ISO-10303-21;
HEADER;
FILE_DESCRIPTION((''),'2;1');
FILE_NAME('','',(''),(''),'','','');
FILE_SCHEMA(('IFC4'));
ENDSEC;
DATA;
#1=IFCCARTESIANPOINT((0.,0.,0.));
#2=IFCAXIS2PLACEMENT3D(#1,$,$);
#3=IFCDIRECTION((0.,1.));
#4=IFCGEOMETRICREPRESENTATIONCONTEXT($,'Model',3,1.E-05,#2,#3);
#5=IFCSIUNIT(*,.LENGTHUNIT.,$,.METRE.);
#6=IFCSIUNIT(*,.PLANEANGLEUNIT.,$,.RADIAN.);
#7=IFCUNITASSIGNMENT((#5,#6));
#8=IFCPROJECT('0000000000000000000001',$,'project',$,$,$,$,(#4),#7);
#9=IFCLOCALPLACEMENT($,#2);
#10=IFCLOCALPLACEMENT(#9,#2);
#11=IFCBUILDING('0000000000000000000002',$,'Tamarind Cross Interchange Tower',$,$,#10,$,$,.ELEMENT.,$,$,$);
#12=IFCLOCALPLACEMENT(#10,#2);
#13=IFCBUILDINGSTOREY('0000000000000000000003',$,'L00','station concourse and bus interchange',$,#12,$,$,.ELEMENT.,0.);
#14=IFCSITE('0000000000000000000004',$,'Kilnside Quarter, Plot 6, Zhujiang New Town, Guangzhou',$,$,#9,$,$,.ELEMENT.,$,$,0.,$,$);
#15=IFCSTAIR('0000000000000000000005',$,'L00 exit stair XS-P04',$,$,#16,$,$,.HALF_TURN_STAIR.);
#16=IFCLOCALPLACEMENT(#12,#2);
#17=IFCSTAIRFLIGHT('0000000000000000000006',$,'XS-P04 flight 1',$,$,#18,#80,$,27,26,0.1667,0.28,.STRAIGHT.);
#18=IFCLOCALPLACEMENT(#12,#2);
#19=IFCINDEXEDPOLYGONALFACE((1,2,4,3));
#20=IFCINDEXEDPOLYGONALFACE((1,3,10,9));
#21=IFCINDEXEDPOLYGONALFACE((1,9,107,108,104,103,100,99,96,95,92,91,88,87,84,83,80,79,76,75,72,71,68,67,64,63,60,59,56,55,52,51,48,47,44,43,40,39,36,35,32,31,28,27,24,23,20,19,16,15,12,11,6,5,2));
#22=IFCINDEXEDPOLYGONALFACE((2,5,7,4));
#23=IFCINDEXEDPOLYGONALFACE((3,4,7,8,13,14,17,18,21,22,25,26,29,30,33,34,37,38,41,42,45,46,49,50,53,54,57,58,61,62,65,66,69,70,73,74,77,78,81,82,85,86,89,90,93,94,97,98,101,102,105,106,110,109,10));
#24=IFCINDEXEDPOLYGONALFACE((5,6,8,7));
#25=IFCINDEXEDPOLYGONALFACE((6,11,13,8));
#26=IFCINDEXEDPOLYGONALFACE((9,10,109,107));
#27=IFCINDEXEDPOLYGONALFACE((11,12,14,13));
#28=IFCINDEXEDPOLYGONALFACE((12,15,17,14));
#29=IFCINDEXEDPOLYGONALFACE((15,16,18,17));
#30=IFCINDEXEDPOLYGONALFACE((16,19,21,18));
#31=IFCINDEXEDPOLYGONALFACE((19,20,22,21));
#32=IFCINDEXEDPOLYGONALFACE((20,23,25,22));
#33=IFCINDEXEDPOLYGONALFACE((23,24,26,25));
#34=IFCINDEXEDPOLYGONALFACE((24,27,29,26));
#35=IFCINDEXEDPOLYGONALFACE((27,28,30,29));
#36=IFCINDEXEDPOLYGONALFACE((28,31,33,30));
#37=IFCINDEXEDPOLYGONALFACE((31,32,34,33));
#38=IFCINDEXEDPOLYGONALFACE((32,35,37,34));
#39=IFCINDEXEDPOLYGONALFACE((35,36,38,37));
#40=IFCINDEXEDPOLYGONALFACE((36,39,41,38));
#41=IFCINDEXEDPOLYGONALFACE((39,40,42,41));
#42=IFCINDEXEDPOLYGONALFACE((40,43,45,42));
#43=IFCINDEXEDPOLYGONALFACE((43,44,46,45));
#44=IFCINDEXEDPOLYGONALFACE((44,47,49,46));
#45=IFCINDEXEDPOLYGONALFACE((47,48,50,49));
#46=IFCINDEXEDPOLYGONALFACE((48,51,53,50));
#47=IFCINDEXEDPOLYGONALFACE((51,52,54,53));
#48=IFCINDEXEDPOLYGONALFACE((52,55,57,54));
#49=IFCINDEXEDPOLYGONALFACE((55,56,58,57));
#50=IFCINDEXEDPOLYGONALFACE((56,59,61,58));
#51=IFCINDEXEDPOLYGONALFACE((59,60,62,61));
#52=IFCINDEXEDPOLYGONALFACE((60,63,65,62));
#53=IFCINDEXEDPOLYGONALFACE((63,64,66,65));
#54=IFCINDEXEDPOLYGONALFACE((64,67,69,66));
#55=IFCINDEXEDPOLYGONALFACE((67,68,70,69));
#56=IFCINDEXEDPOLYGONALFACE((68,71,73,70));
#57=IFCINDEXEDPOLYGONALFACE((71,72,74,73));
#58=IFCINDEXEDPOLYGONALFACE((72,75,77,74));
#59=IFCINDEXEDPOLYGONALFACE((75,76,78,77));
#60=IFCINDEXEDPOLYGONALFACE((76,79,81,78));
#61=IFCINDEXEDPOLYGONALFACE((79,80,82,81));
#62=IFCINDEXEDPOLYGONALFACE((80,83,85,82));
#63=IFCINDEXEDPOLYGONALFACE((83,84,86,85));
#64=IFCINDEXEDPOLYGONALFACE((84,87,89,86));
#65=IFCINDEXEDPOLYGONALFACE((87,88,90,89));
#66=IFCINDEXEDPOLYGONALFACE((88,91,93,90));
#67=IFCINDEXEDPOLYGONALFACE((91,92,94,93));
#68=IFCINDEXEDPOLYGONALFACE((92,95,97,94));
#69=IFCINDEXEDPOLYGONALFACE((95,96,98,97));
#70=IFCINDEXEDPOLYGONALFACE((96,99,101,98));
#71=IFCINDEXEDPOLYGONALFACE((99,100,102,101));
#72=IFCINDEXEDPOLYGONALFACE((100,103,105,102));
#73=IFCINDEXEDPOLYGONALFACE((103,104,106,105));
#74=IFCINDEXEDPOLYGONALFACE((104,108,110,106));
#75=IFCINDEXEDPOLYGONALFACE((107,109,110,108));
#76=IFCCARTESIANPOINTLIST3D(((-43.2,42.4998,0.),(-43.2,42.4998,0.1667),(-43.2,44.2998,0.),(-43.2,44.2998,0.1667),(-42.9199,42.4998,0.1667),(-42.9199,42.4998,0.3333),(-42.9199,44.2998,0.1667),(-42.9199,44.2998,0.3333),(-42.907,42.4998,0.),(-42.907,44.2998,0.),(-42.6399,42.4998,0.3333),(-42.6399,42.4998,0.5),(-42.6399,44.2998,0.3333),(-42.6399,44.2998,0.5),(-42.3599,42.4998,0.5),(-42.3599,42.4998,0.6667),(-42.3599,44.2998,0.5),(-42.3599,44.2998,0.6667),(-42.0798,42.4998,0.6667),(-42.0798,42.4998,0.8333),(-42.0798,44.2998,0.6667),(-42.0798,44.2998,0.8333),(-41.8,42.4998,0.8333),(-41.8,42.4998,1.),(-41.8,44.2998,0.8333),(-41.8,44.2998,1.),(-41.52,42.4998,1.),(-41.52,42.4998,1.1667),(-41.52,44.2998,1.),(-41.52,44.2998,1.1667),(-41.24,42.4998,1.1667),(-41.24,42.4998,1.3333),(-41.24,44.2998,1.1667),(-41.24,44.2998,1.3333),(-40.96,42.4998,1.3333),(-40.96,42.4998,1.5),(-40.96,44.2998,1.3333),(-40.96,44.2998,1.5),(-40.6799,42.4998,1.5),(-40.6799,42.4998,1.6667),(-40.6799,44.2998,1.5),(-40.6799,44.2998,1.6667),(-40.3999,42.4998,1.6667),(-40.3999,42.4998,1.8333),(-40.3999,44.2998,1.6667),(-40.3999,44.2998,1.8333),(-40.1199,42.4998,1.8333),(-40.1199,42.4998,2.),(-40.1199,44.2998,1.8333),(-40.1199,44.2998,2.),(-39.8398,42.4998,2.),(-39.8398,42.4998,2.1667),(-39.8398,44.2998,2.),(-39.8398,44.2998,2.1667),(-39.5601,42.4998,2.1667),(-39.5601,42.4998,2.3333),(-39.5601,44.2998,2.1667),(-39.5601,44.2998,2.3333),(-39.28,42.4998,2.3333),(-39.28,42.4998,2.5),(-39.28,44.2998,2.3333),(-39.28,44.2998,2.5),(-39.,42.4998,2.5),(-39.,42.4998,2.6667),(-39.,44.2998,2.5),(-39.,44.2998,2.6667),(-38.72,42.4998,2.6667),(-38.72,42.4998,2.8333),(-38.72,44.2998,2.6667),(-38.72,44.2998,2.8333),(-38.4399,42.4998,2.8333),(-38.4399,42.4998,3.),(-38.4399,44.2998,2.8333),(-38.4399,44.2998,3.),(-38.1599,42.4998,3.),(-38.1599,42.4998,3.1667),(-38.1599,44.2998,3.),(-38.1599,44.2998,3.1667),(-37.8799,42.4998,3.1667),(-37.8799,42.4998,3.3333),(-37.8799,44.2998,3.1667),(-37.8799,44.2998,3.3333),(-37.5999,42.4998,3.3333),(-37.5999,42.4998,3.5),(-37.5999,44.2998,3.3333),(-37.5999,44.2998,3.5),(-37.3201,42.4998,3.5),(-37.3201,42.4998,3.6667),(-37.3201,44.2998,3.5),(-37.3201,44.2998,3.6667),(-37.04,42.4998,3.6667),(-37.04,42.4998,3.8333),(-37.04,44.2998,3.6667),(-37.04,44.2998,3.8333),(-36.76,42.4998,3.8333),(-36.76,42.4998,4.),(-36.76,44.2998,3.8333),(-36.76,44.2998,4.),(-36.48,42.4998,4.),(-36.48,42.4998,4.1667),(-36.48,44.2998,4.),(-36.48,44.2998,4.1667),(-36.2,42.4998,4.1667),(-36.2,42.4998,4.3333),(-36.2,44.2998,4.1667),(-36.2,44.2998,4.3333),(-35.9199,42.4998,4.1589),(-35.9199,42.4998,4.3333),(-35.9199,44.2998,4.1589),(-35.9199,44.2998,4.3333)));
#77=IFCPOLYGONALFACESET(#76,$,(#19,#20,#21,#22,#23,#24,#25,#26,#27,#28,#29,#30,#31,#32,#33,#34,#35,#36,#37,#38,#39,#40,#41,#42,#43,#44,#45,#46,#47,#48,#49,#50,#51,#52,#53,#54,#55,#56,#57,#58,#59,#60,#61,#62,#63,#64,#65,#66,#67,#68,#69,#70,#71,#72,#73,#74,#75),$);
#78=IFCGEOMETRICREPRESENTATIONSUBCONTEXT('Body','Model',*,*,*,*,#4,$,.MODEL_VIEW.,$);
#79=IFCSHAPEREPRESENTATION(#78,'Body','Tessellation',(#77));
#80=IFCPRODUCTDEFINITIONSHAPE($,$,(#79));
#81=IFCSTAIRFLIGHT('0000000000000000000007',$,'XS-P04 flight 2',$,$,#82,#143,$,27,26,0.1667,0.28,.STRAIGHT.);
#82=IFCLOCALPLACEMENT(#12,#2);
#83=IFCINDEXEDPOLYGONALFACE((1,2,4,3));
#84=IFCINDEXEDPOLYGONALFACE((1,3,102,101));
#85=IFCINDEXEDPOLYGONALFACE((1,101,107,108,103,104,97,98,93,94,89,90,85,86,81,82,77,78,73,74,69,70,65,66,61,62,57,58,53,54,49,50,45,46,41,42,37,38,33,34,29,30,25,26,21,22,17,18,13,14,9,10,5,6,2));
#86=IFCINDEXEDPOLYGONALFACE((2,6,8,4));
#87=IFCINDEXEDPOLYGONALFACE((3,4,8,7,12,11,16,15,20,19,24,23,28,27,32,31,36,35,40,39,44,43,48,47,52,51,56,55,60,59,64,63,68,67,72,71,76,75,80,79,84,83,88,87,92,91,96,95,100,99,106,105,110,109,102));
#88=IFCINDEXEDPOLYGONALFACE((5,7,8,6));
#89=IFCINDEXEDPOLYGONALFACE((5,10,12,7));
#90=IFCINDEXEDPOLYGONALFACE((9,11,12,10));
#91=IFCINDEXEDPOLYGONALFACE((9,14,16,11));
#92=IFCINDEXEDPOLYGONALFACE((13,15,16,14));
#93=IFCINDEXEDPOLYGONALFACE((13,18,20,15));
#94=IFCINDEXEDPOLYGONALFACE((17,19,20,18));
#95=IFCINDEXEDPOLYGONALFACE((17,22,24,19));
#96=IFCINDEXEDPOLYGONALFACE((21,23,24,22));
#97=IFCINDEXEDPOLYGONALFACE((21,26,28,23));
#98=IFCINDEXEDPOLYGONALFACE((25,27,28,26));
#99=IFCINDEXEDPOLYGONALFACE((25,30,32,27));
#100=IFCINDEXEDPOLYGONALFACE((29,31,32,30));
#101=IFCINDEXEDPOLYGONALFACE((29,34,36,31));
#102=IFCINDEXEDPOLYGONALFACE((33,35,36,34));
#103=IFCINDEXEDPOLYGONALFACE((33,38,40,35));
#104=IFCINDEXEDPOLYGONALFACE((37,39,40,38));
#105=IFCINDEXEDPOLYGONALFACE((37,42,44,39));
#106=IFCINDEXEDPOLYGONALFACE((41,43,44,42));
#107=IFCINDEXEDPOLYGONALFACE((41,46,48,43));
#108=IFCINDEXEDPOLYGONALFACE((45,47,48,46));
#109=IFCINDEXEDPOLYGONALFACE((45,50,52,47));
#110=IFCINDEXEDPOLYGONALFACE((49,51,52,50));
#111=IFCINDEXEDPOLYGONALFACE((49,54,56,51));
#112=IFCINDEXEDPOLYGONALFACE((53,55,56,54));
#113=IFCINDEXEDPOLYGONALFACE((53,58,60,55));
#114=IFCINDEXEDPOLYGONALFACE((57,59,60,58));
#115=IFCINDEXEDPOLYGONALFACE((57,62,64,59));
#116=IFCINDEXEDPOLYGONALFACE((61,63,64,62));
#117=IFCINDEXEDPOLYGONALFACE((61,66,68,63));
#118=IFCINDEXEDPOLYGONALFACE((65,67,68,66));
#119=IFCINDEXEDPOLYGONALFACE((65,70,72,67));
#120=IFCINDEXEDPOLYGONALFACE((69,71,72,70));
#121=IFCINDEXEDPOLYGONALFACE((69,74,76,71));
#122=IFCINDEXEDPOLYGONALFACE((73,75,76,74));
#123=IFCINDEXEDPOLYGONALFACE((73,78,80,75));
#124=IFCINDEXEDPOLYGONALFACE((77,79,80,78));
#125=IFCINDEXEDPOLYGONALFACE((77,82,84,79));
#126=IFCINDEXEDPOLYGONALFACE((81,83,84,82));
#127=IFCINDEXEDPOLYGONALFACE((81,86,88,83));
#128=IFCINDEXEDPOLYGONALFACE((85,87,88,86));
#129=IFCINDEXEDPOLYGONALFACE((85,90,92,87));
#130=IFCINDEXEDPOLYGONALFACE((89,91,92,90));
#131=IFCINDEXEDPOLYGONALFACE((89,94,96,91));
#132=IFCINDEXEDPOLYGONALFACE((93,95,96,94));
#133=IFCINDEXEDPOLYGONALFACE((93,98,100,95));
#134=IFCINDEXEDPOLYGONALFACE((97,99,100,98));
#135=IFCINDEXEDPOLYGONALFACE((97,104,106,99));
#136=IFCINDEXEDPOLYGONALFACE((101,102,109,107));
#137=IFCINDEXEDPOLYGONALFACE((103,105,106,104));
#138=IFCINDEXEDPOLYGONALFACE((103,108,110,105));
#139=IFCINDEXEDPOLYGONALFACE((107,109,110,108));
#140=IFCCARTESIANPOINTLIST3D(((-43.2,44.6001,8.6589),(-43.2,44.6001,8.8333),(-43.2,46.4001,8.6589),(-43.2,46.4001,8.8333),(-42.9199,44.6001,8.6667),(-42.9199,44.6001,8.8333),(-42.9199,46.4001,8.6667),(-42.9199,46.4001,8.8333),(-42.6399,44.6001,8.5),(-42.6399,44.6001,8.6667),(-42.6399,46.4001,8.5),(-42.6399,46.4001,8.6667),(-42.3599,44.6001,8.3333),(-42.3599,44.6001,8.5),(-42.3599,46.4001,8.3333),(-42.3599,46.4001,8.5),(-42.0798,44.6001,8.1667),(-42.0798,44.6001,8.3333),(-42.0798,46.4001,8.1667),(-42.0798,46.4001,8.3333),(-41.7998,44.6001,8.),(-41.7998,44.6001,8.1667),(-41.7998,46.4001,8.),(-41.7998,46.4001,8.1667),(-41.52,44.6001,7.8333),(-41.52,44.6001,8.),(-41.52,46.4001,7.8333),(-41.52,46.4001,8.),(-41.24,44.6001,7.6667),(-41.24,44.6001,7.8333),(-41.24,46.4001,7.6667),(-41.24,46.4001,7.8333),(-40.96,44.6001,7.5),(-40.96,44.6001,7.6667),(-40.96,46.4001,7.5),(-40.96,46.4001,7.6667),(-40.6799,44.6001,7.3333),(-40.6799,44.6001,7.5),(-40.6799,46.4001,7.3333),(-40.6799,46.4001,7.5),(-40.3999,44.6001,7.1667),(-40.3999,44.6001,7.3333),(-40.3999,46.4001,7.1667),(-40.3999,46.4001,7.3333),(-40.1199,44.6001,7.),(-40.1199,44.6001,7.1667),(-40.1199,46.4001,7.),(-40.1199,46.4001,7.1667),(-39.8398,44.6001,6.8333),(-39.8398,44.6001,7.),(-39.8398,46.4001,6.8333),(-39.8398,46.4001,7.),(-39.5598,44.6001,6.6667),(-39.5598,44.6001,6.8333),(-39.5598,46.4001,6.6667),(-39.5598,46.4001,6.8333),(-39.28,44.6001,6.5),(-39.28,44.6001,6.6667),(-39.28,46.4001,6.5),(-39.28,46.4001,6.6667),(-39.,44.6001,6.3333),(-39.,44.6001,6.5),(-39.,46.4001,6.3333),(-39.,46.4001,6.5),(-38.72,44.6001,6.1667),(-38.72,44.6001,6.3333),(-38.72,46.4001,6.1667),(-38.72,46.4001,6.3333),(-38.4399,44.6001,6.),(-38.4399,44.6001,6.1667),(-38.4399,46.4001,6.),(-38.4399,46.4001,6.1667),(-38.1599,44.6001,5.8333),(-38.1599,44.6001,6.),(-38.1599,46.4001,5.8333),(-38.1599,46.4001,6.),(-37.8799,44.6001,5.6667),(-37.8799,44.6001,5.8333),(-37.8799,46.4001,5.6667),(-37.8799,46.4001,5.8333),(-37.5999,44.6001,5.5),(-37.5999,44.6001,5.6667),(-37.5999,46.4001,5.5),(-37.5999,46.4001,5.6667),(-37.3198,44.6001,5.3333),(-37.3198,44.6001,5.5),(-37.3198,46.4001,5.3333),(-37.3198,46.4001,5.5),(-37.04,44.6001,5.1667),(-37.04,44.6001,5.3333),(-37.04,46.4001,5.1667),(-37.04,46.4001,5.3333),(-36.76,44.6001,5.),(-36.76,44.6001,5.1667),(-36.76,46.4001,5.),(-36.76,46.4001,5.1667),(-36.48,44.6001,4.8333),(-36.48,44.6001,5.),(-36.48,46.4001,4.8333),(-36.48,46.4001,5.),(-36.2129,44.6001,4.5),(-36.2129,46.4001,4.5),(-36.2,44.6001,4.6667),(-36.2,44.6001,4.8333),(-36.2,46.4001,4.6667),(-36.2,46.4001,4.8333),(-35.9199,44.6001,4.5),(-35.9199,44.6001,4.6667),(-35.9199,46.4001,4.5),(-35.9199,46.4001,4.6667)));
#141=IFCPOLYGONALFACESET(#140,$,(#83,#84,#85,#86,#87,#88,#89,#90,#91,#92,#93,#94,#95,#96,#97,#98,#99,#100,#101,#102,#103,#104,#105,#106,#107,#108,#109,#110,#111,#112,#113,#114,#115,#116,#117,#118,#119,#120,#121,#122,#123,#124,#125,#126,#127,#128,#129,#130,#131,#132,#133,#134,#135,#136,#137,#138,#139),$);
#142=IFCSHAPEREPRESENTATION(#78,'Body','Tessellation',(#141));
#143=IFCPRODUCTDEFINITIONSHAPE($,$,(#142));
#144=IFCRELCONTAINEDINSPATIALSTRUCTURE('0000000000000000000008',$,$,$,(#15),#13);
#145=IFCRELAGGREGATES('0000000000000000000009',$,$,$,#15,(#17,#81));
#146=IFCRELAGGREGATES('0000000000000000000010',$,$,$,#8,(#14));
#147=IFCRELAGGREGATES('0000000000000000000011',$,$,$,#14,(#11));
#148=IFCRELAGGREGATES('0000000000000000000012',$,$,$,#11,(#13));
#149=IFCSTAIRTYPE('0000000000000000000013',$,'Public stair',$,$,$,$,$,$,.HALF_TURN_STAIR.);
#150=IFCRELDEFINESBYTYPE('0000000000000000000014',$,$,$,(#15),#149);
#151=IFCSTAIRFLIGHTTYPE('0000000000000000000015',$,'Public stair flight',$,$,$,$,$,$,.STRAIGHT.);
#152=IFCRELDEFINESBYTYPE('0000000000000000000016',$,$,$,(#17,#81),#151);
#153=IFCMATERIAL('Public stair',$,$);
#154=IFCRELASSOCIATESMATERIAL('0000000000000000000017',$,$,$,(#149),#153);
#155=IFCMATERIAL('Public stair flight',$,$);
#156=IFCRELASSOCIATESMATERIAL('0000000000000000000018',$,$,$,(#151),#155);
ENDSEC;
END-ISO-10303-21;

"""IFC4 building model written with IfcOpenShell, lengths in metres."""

from ifc_helpers import new_model, si_unit, direction, frame, origin, place, context, subcontext, project, spatial, polyline, outline, extrude, material, type_object, element, aggregate, save


model = new_model("IFC4")

# Units and contexts
model_context = context("Model", 3, precision=1e-05, world=origin(), true_north=direction((0.0, 1.0)))
body_context = subcontext(model_context, "Body", "Model", "MODEL_VIEW")
ifc_project = project(units=[si_unit("LENGTHUNIT", "METRE"), si_unit("PLANEANGLEUNIT", "RADIAN")], contexts=[model_context])

# Site, building, storey
site_placement = place(None, origin())
site = spatial("IfcSite", under=ifc_project, at=site_placement, Name="Kilnside Quarter, Plot 6, Zhujiang New Town, Guangzhou", CompositionType="ELEMENT", RefElevation=0.0)
building_placement = place(site_placement, origin())
building = spatial("IfcBuilding", under=site, at=building_placement, Name="Tamarind Cross Interchange Tower", CompositionType="ELEMENT")
storey_placement = place(building_placement, origin())
storey = spatial("IfcBuildingStorey", under=building, at=storey_placement, Name="L00", Description="station concourse and bus interchange", CompositionType="ELEMENT", Elevation=0.0)

# Stair, stair flights
ifc_material_1 = material(Name="Public stair")
stair_type = type_object("IfcStairType", Name="Public stair", PredefinedType="HALF_TURN_STAIR", material=ifc_material_1)
stair_placement = place(storey_placement, origin())
stair = element("IfcStair", 1, at=stair_placement, inside=storey, type_object=stair_type, Name="L00 exit stair XS-P04", PredefinedType="HALF_TURN_STAIR")
ifc_material_2 = material(Name="Public stair flight")
stair_flight_type = type_object("IfcStairFlightType", Name="Public stair flight", PredefinedType="STRAIGHT", material=ifc_material_2)
stair_flight_1_placement = place(storey_placement, frame((-43.2, 43.3999, 0.0), z_axis=(0.0, 0.0, 1.0), x_axis=(1.0, 0.0, 0.0)))
stair_flight_1 = element("IfcStairFlight", 2, at=stair_flight_1_placement, type_object=stair_flight_type, Name="XS-P04 flight 1", NumberOfRisers=27, NumberOfTreads=26, PredefinedType="STRAIGHT", RiserHeight=0.1667, TreadLength=0.28, context=body_context, shape_type="SweptSolid", body=[
    extrude(outline(polyline([(0.0, 0.0), (0.0, 0.1667), (0.28, 0.1667), (0.28, 0.3333), (0.5601, 0.3333), (0.5601, 0.5), (0.8401, 0.5), (0.8401, 0.6667), (1.1201, 0.6667), (1.1201, 0.8333), (1.3999, 0.8333), (1.3999, 1.0), (1.6799, 1.0), (1.6799, 1.1667), (1.96, 1.1667), (1.96, 1.3333), (2.24, 1.3333), (2.24, 1.5), (2.52, 1.5), (2.52, 1.6667), (2.8, 1.6667), (2.8, 1.8333), (3.0801, 1.8333), (3.0801, 2.0), (3.3601, 2.0), (3.3601, 2.1667), (3.6399, 2.1667), (3.6399, 2.3333), (3.9199, 2.3333), (3.9199, 2.5), (4.2, 2.5), (4.2, 2.6667), (4.48, 2.6667), (4.48, 2.8333), (4.76, 2.8333), (4.76, 3.0), (5.04, 3.0), (5.04, 3.1667), (5.3201, 3.1667), (5.3201, 3.3333), (5.6001, 3.3333), (5.6001, 3.5), (5.8799, 3.5), (5.8799, 3.6667), (6.1599, 3.6667), (6.1599, 3.8333), (6.4399, 3.8333), (6.4399, 4.0), (6.72, 4.0), (6.72, 4.1667), (7.0, 4.1667), (7.0, 4.3333), (7.28, 4.3333), (7.28, 4.5), (7.28, 4.1589), (0.293, 0.0), (0.0, 0.0)])), frame((0.0, 0.8999, 0.0), z_axis=(0.0, -1.0, 0.0), x_axis=(1.0, 0.0, 0.0)), (0.0, 0.0, 1.0), 1.8),
])
stair_flight_2_placement = place(storey_placement, frame((-35.9199, 45.5, 4.5), z_axis=(0.0, 0.0, 1.0), x_axis=(-1.0, 0.0, 0.0)))
stair_flight_2 = element("IfcStairFlight", 3, at=stair_flight_2_placement, type_object=stair_flight_type, Name="XS-P04 flight 2", NumberOfRisers=27, NumberOfTreads=26, PredefinedType="STRAIGHT", RiserHeight=0.1667, TreadLength=0.28, context=body_context, shape_type="SweptSolid", body=[
    extrude(outline(polyline([(0.0, 0.0), (0.0, 0.1667), (0.28, 0.1667), (0.28, 0.3333), (0.5601, 0.3333), (0.5601, 0.5), (0.8401, 0.5), (0.8401, 0.6667), (1.1201, 0.6667), (1.1201, 0.8333), (1.3999, 0.8333), (1.3999, 1.0), (1.6799, 1.0), (1.6799, 1.1667), (1.96, 1.1667), (1.96, 1.3333), (2.24, 1.3333), (2.24, 1.5), (2.52, 1.5), (2.52, 1.6667), (2.8, 1.6667), (2.8, 1.8333), (3.0801, 1.8333), (3.0801, 2.0), (3.3601, 2.0), (3.3601, 2.1667), (3.6399, 2.1667), (3.6399, 2.3333), (3.9199, 2.3333), (3.9199, 2.5), (4.2, 2.5), (4.2, 2.6667), (4.48, 2.6667), (4.48, 2.8333), (4.76, 2.8333), (4.76, 3.0), (5.04, 3.0), (5.04, 3.1667), (5.3201, 3.1667), (5.3201, 3.3333), (5.6001, 3.3333), (5.6001, 3.5), (5.8799, 3.5), (5.8799, 3.6667), (6.1599, 3.6667), (6.1599, 3.8333), (6.4399, 3.8333), (6.4399, 4.0), (6.72, 4.0), (6.72, 4.1667), (7.0, 4.1667), (7.0, 4.3333), (7.28, 4.3333), (7.28, 4.5), (7.28, 4.1589), (0.293, 0.0), (0.0, 0.0)])), frame((0.0, 0.8999, 0.0), z_axis=(0.0, -1.0, 0.0), x_axis=(1.0, 0.0, 0.0)), (0.0, 0.0, 1.0), 1.8),
])
aggregate(stair, [stair_flight_1, stair_flight_2])

save(model, "model.ifc")
